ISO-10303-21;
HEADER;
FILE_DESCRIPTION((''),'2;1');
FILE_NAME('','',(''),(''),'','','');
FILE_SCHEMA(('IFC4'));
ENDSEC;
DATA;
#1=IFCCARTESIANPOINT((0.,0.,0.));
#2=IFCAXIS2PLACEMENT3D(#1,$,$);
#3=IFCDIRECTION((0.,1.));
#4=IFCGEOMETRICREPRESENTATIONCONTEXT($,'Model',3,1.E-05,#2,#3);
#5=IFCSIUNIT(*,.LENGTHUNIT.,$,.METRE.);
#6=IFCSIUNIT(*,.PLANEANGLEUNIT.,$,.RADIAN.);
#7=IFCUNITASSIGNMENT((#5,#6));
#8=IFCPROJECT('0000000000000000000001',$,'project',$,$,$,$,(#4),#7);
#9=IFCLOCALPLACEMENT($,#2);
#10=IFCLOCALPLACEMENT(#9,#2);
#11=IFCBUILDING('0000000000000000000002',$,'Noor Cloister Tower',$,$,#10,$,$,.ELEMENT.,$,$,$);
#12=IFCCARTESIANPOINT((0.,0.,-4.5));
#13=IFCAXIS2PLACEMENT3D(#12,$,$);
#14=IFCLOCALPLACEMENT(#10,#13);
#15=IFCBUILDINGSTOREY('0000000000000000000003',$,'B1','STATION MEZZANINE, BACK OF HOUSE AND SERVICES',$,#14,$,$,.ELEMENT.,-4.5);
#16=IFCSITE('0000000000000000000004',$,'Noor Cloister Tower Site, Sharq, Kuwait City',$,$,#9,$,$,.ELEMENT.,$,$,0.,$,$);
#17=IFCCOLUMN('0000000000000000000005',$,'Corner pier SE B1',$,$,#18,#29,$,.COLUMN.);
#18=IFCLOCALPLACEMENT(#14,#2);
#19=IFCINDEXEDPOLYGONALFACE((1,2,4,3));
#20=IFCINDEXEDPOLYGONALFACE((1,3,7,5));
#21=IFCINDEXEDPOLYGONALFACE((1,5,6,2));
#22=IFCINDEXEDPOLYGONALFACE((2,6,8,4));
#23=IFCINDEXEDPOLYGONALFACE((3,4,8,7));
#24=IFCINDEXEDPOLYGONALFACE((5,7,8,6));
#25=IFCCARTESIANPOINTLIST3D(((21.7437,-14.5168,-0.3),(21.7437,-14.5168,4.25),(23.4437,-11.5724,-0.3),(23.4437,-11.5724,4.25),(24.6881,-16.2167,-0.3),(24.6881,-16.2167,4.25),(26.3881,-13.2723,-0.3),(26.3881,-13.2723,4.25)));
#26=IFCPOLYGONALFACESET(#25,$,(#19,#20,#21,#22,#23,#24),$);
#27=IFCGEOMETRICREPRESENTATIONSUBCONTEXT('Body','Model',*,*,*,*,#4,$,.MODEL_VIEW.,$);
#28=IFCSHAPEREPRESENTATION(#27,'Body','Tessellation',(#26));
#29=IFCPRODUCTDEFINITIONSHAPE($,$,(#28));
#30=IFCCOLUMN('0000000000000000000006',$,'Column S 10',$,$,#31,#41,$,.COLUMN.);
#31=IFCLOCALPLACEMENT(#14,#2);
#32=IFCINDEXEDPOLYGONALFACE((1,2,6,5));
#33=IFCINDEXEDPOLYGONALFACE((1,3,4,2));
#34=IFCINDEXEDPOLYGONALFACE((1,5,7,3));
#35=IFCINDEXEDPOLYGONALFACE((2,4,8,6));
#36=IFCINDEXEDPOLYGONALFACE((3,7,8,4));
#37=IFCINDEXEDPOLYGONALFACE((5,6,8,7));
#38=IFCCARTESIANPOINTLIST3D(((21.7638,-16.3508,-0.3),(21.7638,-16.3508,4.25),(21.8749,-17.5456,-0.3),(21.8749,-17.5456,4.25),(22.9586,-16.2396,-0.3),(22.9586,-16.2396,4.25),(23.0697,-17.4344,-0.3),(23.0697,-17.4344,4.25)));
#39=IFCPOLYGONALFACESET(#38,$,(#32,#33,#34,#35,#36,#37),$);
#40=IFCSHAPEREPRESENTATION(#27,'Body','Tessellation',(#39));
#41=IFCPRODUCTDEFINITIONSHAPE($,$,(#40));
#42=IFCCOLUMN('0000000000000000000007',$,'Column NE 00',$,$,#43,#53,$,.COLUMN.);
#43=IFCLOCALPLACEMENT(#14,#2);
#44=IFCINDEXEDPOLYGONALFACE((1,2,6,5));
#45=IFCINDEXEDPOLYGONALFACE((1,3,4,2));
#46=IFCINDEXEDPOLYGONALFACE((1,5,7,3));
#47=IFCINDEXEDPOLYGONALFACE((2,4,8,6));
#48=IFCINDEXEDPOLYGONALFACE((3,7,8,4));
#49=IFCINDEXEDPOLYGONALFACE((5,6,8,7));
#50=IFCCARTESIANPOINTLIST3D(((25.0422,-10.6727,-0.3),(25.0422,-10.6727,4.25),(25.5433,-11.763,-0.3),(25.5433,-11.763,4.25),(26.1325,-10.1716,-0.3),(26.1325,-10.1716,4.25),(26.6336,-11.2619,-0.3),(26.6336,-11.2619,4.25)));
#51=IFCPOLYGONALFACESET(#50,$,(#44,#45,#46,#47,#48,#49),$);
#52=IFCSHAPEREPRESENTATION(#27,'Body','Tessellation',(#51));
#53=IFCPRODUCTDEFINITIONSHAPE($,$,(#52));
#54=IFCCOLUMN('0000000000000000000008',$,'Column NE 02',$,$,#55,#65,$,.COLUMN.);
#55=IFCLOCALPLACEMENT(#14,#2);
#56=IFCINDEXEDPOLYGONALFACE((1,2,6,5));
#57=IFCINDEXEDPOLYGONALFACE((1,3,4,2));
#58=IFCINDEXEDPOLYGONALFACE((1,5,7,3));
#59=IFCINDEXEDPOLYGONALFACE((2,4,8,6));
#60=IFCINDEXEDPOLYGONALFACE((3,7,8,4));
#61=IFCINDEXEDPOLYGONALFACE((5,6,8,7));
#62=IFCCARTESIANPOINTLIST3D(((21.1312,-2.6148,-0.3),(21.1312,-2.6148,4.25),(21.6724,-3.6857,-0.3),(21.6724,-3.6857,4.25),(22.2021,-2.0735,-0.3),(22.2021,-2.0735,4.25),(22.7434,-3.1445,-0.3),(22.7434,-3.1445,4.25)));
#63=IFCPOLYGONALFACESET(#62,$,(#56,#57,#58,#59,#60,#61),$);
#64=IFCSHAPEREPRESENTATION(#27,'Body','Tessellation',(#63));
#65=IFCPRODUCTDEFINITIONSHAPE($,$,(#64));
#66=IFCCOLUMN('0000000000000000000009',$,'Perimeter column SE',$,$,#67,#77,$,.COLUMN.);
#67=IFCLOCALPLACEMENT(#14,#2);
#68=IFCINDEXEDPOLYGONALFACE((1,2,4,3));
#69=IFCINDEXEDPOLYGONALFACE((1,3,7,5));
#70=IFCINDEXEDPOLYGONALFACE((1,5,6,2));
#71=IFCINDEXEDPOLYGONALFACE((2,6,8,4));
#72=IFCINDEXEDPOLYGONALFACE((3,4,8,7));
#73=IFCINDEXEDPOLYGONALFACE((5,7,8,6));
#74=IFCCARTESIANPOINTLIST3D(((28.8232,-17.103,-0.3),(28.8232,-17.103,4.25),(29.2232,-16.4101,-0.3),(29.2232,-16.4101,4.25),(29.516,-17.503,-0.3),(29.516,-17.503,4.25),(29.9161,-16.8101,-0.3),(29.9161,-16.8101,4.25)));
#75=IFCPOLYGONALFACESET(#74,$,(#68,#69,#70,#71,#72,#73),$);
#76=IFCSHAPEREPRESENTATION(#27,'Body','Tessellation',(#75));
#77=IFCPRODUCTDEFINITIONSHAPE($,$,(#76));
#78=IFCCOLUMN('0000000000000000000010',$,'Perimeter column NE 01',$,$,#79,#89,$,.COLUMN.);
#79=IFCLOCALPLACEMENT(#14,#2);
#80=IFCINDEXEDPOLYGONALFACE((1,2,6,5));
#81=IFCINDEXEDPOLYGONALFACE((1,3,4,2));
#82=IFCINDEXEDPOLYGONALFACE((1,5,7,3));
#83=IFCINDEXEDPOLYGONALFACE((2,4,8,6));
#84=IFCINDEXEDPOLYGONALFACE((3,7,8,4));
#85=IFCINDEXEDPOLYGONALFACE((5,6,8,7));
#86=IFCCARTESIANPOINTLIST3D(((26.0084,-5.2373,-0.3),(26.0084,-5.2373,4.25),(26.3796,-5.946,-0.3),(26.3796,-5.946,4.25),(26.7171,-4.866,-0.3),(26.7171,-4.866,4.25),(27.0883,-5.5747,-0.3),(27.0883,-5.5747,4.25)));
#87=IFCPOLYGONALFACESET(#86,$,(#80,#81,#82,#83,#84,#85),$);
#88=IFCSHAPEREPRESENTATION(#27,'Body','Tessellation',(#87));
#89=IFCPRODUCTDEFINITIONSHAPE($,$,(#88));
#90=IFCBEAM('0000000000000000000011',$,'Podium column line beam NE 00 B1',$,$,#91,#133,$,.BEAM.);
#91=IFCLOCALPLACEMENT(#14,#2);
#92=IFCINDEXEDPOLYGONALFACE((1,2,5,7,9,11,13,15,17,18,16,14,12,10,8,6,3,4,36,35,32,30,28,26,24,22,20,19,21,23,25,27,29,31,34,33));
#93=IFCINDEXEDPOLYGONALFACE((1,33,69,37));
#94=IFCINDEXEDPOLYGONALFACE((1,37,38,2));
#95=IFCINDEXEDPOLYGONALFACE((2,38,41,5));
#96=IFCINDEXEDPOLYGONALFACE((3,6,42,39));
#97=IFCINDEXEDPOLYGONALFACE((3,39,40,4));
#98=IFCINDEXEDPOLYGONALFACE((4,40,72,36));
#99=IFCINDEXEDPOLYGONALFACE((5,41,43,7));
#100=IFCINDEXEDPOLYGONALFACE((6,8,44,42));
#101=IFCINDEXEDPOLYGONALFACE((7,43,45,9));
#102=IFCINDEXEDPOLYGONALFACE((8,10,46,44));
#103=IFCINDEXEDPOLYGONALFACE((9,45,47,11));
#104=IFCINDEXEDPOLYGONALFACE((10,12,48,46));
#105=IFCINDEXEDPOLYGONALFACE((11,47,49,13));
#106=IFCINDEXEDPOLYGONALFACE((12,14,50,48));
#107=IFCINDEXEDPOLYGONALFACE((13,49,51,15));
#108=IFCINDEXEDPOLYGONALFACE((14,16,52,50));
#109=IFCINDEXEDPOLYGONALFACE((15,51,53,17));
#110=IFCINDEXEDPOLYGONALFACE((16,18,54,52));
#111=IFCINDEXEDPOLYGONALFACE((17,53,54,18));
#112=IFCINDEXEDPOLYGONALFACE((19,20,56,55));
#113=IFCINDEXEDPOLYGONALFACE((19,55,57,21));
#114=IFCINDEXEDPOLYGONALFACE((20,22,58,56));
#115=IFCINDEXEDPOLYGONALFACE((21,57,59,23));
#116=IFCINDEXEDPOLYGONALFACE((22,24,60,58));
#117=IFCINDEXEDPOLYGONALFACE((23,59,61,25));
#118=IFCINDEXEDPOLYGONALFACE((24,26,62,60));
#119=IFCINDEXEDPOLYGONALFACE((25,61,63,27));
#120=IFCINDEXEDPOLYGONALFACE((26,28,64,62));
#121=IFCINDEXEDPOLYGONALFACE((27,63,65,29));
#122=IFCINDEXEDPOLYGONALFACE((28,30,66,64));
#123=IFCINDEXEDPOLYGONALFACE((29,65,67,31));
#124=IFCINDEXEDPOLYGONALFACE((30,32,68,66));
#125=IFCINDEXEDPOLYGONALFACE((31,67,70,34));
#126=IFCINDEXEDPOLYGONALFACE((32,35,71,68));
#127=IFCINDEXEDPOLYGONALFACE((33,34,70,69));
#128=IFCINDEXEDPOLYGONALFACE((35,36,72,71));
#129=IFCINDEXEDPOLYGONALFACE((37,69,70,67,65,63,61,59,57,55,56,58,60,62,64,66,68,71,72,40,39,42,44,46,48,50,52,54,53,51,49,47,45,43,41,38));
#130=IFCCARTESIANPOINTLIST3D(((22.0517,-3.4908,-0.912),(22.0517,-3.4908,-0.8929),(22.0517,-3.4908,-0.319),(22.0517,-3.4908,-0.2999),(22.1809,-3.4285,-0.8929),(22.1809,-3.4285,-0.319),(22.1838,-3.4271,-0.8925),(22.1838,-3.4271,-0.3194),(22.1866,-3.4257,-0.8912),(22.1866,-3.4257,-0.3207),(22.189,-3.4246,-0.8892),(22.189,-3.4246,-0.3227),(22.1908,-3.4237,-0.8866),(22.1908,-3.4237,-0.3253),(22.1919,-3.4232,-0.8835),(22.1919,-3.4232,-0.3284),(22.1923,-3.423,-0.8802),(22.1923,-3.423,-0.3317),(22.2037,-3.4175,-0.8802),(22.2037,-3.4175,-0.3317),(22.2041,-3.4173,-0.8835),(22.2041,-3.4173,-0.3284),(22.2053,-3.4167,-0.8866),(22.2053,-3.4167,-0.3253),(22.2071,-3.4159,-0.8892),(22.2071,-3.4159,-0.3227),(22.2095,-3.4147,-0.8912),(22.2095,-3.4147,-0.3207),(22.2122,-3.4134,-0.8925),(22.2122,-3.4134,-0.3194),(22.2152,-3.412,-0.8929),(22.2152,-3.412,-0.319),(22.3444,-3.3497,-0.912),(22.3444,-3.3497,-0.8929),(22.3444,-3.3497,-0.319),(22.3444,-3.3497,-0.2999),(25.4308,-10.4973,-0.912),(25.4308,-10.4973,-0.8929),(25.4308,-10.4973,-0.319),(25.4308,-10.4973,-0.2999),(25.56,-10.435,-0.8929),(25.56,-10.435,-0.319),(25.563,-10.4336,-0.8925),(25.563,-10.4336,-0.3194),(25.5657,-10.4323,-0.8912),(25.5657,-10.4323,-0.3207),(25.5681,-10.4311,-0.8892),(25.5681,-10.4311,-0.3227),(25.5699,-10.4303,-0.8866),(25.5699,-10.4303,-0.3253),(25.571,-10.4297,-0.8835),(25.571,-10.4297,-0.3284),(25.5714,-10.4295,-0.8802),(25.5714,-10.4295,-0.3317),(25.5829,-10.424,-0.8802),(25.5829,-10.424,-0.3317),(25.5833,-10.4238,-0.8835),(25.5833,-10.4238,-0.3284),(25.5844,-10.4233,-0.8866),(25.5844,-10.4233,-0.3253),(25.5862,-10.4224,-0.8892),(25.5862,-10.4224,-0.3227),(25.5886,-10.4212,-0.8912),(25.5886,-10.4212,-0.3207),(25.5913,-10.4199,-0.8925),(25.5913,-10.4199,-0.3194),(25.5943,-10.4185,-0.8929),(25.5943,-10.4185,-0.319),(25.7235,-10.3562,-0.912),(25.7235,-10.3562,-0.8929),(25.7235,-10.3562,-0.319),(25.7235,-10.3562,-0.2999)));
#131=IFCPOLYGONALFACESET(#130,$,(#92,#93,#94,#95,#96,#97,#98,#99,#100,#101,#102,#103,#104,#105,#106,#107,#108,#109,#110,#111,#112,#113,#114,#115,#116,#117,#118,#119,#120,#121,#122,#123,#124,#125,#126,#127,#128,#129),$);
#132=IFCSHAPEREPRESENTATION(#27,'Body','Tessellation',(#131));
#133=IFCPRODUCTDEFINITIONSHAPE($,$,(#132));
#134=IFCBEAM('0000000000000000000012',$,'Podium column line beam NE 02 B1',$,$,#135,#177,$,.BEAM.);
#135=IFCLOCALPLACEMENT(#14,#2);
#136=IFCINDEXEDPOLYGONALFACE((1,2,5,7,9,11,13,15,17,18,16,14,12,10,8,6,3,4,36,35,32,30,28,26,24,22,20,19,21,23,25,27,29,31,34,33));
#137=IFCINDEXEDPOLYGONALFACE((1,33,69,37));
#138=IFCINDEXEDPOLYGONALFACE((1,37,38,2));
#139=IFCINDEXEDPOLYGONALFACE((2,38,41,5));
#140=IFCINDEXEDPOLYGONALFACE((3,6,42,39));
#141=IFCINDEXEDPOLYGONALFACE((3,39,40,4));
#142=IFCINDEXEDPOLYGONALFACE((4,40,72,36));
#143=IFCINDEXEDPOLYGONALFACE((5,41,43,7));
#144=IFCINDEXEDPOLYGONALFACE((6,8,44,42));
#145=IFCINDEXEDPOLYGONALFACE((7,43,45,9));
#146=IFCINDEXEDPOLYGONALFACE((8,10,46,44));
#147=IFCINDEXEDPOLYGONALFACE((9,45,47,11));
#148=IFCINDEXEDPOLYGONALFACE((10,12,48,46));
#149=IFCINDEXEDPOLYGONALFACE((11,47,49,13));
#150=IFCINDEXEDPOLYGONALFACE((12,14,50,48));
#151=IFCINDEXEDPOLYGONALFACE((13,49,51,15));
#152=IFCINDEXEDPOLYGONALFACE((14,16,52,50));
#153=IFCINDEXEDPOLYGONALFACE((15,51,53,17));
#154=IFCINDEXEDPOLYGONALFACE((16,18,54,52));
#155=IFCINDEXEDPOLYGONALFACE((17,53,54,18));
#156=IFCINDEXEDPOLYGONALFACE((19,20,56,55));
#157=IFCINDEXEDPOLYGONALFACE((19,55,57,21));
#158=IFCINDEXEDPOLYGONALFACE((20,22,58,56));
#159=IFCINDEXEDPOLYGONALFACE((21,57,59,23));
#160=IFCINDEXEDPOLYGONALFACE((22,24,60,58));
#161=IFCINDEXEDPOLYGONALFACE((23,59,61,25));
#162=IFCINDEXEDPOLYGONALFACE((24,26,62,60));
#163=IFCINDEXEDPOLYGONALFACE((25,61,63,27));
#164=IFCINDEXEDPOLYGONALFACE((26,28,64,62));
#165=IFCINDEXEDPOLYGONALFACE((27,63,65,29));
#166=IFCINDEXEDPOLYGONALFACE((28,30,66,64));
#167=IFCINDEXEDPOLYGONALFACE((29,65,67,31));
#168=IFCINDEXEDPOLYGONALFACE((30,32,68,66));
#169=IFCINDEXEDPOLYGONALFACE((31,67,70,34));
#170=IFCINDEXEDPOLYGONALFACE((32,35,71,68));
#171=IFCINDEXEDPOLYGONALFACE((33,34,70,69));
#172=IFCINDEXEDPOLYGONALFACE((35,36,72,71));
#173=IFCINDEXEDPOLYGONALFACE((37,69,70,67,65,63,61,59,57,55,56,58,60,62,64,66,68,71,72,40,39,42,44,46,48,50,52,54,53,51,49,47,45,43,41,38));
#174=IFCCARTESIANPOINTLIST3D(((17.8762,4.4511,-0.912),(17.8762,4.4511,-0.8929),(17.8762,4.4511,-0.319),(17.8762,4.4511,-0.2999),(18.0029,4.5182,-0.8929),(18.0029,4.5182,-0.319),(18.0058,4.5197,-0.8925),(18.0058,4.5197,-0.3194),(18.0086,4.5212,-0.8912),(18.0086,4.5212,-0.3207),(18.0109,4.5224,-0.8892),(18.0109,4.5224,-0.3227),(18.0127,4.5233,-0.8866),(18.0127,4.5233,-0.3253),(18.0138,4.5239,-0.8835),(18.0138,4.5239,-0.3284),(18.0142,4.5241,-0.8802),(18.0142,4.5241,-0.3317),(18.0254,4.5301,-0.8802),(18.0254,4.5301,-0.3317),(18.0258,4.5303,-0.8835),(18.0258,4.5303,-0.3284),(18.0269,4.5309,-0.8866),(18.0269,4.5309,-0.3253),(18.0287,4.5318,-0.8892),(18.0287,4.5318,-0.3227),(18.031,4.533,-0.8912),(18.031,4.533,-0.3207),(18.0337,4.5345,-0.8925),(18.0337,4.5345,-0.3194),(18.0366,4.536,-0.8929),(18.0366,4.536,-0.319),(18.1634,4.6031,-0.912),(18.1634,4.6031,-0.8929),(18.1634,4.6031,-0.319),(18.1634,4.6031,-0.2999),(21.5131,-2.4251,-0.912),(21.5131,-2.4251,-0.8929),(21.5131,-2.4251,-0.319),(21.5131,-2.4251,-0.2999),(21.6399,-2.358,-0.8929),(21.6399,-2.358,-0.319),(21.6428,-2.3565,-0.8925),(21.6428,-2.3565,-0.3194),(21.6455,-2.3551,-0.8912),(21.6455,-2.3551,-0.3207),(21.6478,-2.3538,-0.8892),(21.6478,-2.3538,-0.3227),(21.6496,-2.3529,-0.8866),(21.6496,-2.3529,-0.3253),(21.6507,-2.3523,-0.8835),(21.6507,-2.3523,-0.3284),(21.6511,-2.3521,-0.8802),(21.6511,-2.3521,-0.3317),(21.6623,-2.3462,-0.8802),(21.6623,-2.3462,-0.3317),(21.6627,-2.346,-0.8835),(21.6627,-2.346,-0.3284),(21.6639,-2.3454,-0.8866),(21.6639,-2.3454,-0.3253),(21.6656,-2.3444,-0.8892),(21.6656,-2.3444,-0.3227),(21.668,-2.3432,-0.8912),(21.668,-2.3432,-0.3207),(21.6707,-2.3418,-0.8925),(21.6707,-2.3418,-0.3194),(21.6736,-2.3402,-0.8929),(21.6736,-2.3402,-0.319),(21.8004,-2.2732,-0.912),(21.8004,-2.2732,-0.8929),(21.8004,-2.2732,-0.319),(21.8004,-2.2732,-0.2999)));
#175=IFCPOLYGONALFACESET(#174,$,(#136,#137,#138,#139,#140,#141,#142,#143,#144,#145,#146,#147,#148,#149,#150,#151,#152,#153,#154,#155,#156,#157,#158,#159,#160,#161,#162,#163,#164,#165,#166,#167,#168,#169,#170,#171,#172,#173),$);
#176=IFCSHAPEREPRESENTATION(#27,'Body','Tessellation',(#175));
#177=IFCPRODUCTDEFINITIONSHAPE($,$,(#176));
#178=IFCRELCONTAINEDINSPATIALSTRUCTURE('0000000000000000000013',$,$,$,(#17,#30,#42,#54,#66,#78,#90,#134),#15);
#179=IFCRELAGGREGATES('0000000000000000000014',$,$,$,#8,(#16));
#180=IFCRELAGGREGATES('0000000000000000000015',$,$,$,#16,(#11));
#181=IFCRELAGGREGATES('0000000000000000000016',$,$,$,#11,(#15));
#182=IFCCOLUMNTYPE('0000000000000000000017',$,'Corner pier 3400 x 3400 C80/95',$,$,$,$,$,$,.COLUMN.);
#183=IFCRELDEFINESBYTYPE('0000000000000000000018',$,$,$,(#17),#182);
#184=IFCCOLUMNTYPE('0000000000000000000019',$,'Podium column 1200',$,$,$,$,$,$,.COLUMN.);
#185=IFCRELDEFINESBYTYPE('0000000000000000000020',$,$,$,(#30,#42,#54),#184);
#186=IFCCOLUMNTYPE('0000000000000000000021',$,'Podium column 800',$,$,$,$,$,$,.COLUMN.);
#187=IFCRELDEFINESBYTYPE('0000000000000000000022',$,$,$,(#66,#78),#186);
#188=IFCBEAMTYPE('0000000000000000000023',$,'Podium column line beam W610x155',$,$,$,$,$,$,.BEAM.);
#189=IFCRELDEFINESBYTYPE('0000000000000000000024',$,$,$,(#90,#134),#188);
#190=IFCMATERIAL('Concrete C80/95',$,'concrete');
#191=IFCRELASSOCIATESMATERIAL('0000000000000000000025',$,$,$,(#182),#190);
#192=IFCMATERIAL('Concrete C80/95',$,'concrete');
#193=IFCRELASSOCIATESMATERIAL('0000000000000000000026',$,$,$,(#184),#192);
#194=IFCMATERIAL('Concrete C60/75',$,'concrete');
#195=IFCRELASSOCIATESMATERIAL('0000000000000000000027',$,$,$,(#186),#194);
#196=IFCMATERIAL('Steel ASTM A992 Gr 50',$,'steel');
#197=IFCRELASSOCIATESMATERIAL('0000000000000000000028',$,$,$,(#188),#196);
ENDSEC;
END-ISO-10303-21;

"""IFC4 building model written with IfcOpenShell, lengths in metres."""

from ifc_helpers import new_model, si_unit, direction, frame, origin, origin_2d, place, context, subcontext, project, spatial, rectangle, i_section, extrude, material, material_profile, profile_set, type_object, element, save


model = new_model("IFC4")

# Units and contexts
model_context = context("Model", 3, precision=1e-05, world=origin(), true_north=direction((0.0, 1.0)))
body_context = subcontext(model_context, "Body", "Model", "MODEL_VIEW")
ifc_project = project(units=[si_unit("LENGTHUNIT", "METRE"), si_unit("PLANEANGLEUNIT", "RADIAN")], contexts=[model_context])

# Site, building, storey
site_placement = place(None, origin())
site = spatial("IfcSite", under=ifc_project, at=site_placement, Name="Noor Cloister Tower Site, Sharq, Kuwait City", CompositionType="ELEMENT", RefElevation=0.0)
building_placement = place(site_placement, origin())
building = spatial("IfcBuilding", under=site, at=building_placement, Name="Noor Cloister Tower", CompositionType="ELEMENT")
storey_placement = place(building_placement, frame((0.0, 0.0, -4.5)))
storey = spatial("IfcBuildingStorey", under=building, at=storey_placement, Name="B1", Description="STATION MEZZANINE, BACK OF HOUSE AND SERVICES", CompositionType="ELEMENT", Elevation=-4.5)

# Columns
ifc_material_1 = material(Name="Concrete C80/95", Category="concrete")
ifc_material_profile_1 = material_profile(ifc_material_1, rectangle(XDim=3.3999, YDim=3.3999, at=origin_2d()), Name="RC 3400x3400")
ifc_profile_set_1 = profile_set([ifc_material_profile_1], Name="Concrete C80/95")
column_type_1 = type_object("IfcColumnType", Name="Corner pier 3400 x 3400 C80/95", PredefinedType="COLUMN", material=ifc_profile_set_1)
column_placement = place(storey_placement, frame((24.0659, -13.8945, -0.3), z_axis=(0.0, 0.0, 1.0), x_axis=(0.866025, -0.5, 0.0)))
element("IfcColumn", 1, at=column_placement, inside=storey, type_object=column_type_1, Name="Corner pier SE B1", PredefinedType="COLUMN", context=body_context, shape_type="SweptSolid", body=[
    extrude(rectangle(XDim=3.3999, YDim=3.3999, at=origin_2d()), origin(), (0.0, 0.0, 1.0), 4.55),
])
ifc_material_2 = material(Name="Concrete C80/95", Category="concrete")
ifc_material_profile_2 = material_profile(ifc_material_2, rectangle(XDim=1.2, YDim=1.2, at=origin_2d()), Name="Podium column 1200")
ifc_profile_set_2 = profile_set([ifc_material_profile_2], Name="Concrete C80/95")
column_type_2 = type_object("IfcColumnType", Name="Podium column 1200", PredefinedType="COLUMN", material=ifc_profile_set_2)
for number, where, z_axis, x_axis, name in (
    (2, (22.4167, -16.8926, -0.3), (0.0, 0.0, 1.0), (0.092636, -0.9957, 0.0), "Column S 10"),
    (3, (25.8379, -10.9673, -0.3), (0.0, 0.0, 1.0), (0.90862, 0.417624, 0.0), "Column NE 00"),
    (4, (21.9373, -2.8796, -0.3), (0.0, 0.0, 1.0), (0.892501, 0.451046, 0.0), "Column NE 02"),
):
    element("IfcColumn", number, at=place(storey_placement, frame(where, z_axis=z_axis, x_axis=x_axis)), inside=storey, type_object=column_type_2, Name=name, PredefinedType="COLUMN", context=body_context, shape_type="SweptSolid", body=[
        extrude(rectangle(XDim=1.2, YDim=1.2, at=origin_2d()), origin(), (0.0, 0.0, 1.0), 4.55),
    ])
ifc_material_3 = material(Name="Concrete C60/75", Category="concrete")
ifc_material_profile_3 = material_profile(ifc_material_3, rectangle(XDim=0.8, YDim=0.8, at=origin_2d()), Name="Podium column 800")
ifc_profile_set_3 = profile_set([ifc_material_profile_3], Name="Concrete C60/75")
column_type_3 = type_object("IfcColumnType", Name="Podium column 800", PredefinedType="COLUMN", material=ifc_profile_set_3)
for number, where, z_axis, x_axis, name in (
    (5, (29.3696, -16.9565, -0.3), (0.0, 0.0, 1.0), (0.866025, -0.5, 0.0), "Perimeter column SE"),
    (6, (26.5483, -5.406, -0.3), (0.0, 0.0, 1.0), (0.885828, 0.464014, 0.0), "Perimeter column NE 01"),
):
    element("IfcColumn", number, at=place(storey_placement, frame(where, z_axis=z_axis, x_axis=x_axis)), inside=storey, type_object=column_type_3, Name=name, PredefinedType="COLUMN", context=body_context, shape_type="SweptSolid", body=[
        extrude(rectangle(XDim=0.8, YDim=0.8, at=origin_2d()), origin(), (0.0, 0.0, 1.0), 4.55),
    ])

# Beams
ifc_material_4 = material(Name="Steel ASTM A992 Gr 50", Category="steel")
ifc_material_profile_4 = material_profile(ifc_material_4, i_section(OverallWidth=0.325, OverallDepth=0.6121, WebThickness=0.0127, FlangeThickness=0.019, FilletRadius=0.0127, at=origin_2d()), Name="W610x155")
ifc_profile_set_4 = profile_set([ifc_material_profile_4], Name="Steel ASTM A992 Gr 50")
beam_type_1 = type_object("IfcBeamType", Name="Podium column line beam W610x155", PredefinedType="BEAM", material=ifc_profile_set_4)
for number, where, z_axis, x_axis, name in (
    (7, (25.5771, -10.4268, -0.606), (-0.434401, 0.90072, 0.0), (-0.90072, -0.434401, 0.0), "Podium column line beam NE 00 B1"),
    (8, (21.6567, -2.3491, -0.606), (-0.467547, 0.883968, 0.0), (-0.883968, -0.467547, 0.0), "Podium column line beam NE 02 B1"),
):
    element("IfcBeam", number, at=place(storey_placement, frame(where, z_axis=z_axis, x_axis=x_axis)), inside=storey, type_object=beam_type_1, Name=name, PredefinedType="BEAM", context=body_context, shape_type="SweptSolid", body=[
        extrude(i_section(OverallWidth=0.325, OverallDepth=0.6121, WebThickness=0.0127, FlangeThickness=0.019, FilletRadius=0.0127, at=origin_2d()), origin(), (0.0, 0.0, 1.0), 7.7788),
    ])

save(model, "model.ifc")
